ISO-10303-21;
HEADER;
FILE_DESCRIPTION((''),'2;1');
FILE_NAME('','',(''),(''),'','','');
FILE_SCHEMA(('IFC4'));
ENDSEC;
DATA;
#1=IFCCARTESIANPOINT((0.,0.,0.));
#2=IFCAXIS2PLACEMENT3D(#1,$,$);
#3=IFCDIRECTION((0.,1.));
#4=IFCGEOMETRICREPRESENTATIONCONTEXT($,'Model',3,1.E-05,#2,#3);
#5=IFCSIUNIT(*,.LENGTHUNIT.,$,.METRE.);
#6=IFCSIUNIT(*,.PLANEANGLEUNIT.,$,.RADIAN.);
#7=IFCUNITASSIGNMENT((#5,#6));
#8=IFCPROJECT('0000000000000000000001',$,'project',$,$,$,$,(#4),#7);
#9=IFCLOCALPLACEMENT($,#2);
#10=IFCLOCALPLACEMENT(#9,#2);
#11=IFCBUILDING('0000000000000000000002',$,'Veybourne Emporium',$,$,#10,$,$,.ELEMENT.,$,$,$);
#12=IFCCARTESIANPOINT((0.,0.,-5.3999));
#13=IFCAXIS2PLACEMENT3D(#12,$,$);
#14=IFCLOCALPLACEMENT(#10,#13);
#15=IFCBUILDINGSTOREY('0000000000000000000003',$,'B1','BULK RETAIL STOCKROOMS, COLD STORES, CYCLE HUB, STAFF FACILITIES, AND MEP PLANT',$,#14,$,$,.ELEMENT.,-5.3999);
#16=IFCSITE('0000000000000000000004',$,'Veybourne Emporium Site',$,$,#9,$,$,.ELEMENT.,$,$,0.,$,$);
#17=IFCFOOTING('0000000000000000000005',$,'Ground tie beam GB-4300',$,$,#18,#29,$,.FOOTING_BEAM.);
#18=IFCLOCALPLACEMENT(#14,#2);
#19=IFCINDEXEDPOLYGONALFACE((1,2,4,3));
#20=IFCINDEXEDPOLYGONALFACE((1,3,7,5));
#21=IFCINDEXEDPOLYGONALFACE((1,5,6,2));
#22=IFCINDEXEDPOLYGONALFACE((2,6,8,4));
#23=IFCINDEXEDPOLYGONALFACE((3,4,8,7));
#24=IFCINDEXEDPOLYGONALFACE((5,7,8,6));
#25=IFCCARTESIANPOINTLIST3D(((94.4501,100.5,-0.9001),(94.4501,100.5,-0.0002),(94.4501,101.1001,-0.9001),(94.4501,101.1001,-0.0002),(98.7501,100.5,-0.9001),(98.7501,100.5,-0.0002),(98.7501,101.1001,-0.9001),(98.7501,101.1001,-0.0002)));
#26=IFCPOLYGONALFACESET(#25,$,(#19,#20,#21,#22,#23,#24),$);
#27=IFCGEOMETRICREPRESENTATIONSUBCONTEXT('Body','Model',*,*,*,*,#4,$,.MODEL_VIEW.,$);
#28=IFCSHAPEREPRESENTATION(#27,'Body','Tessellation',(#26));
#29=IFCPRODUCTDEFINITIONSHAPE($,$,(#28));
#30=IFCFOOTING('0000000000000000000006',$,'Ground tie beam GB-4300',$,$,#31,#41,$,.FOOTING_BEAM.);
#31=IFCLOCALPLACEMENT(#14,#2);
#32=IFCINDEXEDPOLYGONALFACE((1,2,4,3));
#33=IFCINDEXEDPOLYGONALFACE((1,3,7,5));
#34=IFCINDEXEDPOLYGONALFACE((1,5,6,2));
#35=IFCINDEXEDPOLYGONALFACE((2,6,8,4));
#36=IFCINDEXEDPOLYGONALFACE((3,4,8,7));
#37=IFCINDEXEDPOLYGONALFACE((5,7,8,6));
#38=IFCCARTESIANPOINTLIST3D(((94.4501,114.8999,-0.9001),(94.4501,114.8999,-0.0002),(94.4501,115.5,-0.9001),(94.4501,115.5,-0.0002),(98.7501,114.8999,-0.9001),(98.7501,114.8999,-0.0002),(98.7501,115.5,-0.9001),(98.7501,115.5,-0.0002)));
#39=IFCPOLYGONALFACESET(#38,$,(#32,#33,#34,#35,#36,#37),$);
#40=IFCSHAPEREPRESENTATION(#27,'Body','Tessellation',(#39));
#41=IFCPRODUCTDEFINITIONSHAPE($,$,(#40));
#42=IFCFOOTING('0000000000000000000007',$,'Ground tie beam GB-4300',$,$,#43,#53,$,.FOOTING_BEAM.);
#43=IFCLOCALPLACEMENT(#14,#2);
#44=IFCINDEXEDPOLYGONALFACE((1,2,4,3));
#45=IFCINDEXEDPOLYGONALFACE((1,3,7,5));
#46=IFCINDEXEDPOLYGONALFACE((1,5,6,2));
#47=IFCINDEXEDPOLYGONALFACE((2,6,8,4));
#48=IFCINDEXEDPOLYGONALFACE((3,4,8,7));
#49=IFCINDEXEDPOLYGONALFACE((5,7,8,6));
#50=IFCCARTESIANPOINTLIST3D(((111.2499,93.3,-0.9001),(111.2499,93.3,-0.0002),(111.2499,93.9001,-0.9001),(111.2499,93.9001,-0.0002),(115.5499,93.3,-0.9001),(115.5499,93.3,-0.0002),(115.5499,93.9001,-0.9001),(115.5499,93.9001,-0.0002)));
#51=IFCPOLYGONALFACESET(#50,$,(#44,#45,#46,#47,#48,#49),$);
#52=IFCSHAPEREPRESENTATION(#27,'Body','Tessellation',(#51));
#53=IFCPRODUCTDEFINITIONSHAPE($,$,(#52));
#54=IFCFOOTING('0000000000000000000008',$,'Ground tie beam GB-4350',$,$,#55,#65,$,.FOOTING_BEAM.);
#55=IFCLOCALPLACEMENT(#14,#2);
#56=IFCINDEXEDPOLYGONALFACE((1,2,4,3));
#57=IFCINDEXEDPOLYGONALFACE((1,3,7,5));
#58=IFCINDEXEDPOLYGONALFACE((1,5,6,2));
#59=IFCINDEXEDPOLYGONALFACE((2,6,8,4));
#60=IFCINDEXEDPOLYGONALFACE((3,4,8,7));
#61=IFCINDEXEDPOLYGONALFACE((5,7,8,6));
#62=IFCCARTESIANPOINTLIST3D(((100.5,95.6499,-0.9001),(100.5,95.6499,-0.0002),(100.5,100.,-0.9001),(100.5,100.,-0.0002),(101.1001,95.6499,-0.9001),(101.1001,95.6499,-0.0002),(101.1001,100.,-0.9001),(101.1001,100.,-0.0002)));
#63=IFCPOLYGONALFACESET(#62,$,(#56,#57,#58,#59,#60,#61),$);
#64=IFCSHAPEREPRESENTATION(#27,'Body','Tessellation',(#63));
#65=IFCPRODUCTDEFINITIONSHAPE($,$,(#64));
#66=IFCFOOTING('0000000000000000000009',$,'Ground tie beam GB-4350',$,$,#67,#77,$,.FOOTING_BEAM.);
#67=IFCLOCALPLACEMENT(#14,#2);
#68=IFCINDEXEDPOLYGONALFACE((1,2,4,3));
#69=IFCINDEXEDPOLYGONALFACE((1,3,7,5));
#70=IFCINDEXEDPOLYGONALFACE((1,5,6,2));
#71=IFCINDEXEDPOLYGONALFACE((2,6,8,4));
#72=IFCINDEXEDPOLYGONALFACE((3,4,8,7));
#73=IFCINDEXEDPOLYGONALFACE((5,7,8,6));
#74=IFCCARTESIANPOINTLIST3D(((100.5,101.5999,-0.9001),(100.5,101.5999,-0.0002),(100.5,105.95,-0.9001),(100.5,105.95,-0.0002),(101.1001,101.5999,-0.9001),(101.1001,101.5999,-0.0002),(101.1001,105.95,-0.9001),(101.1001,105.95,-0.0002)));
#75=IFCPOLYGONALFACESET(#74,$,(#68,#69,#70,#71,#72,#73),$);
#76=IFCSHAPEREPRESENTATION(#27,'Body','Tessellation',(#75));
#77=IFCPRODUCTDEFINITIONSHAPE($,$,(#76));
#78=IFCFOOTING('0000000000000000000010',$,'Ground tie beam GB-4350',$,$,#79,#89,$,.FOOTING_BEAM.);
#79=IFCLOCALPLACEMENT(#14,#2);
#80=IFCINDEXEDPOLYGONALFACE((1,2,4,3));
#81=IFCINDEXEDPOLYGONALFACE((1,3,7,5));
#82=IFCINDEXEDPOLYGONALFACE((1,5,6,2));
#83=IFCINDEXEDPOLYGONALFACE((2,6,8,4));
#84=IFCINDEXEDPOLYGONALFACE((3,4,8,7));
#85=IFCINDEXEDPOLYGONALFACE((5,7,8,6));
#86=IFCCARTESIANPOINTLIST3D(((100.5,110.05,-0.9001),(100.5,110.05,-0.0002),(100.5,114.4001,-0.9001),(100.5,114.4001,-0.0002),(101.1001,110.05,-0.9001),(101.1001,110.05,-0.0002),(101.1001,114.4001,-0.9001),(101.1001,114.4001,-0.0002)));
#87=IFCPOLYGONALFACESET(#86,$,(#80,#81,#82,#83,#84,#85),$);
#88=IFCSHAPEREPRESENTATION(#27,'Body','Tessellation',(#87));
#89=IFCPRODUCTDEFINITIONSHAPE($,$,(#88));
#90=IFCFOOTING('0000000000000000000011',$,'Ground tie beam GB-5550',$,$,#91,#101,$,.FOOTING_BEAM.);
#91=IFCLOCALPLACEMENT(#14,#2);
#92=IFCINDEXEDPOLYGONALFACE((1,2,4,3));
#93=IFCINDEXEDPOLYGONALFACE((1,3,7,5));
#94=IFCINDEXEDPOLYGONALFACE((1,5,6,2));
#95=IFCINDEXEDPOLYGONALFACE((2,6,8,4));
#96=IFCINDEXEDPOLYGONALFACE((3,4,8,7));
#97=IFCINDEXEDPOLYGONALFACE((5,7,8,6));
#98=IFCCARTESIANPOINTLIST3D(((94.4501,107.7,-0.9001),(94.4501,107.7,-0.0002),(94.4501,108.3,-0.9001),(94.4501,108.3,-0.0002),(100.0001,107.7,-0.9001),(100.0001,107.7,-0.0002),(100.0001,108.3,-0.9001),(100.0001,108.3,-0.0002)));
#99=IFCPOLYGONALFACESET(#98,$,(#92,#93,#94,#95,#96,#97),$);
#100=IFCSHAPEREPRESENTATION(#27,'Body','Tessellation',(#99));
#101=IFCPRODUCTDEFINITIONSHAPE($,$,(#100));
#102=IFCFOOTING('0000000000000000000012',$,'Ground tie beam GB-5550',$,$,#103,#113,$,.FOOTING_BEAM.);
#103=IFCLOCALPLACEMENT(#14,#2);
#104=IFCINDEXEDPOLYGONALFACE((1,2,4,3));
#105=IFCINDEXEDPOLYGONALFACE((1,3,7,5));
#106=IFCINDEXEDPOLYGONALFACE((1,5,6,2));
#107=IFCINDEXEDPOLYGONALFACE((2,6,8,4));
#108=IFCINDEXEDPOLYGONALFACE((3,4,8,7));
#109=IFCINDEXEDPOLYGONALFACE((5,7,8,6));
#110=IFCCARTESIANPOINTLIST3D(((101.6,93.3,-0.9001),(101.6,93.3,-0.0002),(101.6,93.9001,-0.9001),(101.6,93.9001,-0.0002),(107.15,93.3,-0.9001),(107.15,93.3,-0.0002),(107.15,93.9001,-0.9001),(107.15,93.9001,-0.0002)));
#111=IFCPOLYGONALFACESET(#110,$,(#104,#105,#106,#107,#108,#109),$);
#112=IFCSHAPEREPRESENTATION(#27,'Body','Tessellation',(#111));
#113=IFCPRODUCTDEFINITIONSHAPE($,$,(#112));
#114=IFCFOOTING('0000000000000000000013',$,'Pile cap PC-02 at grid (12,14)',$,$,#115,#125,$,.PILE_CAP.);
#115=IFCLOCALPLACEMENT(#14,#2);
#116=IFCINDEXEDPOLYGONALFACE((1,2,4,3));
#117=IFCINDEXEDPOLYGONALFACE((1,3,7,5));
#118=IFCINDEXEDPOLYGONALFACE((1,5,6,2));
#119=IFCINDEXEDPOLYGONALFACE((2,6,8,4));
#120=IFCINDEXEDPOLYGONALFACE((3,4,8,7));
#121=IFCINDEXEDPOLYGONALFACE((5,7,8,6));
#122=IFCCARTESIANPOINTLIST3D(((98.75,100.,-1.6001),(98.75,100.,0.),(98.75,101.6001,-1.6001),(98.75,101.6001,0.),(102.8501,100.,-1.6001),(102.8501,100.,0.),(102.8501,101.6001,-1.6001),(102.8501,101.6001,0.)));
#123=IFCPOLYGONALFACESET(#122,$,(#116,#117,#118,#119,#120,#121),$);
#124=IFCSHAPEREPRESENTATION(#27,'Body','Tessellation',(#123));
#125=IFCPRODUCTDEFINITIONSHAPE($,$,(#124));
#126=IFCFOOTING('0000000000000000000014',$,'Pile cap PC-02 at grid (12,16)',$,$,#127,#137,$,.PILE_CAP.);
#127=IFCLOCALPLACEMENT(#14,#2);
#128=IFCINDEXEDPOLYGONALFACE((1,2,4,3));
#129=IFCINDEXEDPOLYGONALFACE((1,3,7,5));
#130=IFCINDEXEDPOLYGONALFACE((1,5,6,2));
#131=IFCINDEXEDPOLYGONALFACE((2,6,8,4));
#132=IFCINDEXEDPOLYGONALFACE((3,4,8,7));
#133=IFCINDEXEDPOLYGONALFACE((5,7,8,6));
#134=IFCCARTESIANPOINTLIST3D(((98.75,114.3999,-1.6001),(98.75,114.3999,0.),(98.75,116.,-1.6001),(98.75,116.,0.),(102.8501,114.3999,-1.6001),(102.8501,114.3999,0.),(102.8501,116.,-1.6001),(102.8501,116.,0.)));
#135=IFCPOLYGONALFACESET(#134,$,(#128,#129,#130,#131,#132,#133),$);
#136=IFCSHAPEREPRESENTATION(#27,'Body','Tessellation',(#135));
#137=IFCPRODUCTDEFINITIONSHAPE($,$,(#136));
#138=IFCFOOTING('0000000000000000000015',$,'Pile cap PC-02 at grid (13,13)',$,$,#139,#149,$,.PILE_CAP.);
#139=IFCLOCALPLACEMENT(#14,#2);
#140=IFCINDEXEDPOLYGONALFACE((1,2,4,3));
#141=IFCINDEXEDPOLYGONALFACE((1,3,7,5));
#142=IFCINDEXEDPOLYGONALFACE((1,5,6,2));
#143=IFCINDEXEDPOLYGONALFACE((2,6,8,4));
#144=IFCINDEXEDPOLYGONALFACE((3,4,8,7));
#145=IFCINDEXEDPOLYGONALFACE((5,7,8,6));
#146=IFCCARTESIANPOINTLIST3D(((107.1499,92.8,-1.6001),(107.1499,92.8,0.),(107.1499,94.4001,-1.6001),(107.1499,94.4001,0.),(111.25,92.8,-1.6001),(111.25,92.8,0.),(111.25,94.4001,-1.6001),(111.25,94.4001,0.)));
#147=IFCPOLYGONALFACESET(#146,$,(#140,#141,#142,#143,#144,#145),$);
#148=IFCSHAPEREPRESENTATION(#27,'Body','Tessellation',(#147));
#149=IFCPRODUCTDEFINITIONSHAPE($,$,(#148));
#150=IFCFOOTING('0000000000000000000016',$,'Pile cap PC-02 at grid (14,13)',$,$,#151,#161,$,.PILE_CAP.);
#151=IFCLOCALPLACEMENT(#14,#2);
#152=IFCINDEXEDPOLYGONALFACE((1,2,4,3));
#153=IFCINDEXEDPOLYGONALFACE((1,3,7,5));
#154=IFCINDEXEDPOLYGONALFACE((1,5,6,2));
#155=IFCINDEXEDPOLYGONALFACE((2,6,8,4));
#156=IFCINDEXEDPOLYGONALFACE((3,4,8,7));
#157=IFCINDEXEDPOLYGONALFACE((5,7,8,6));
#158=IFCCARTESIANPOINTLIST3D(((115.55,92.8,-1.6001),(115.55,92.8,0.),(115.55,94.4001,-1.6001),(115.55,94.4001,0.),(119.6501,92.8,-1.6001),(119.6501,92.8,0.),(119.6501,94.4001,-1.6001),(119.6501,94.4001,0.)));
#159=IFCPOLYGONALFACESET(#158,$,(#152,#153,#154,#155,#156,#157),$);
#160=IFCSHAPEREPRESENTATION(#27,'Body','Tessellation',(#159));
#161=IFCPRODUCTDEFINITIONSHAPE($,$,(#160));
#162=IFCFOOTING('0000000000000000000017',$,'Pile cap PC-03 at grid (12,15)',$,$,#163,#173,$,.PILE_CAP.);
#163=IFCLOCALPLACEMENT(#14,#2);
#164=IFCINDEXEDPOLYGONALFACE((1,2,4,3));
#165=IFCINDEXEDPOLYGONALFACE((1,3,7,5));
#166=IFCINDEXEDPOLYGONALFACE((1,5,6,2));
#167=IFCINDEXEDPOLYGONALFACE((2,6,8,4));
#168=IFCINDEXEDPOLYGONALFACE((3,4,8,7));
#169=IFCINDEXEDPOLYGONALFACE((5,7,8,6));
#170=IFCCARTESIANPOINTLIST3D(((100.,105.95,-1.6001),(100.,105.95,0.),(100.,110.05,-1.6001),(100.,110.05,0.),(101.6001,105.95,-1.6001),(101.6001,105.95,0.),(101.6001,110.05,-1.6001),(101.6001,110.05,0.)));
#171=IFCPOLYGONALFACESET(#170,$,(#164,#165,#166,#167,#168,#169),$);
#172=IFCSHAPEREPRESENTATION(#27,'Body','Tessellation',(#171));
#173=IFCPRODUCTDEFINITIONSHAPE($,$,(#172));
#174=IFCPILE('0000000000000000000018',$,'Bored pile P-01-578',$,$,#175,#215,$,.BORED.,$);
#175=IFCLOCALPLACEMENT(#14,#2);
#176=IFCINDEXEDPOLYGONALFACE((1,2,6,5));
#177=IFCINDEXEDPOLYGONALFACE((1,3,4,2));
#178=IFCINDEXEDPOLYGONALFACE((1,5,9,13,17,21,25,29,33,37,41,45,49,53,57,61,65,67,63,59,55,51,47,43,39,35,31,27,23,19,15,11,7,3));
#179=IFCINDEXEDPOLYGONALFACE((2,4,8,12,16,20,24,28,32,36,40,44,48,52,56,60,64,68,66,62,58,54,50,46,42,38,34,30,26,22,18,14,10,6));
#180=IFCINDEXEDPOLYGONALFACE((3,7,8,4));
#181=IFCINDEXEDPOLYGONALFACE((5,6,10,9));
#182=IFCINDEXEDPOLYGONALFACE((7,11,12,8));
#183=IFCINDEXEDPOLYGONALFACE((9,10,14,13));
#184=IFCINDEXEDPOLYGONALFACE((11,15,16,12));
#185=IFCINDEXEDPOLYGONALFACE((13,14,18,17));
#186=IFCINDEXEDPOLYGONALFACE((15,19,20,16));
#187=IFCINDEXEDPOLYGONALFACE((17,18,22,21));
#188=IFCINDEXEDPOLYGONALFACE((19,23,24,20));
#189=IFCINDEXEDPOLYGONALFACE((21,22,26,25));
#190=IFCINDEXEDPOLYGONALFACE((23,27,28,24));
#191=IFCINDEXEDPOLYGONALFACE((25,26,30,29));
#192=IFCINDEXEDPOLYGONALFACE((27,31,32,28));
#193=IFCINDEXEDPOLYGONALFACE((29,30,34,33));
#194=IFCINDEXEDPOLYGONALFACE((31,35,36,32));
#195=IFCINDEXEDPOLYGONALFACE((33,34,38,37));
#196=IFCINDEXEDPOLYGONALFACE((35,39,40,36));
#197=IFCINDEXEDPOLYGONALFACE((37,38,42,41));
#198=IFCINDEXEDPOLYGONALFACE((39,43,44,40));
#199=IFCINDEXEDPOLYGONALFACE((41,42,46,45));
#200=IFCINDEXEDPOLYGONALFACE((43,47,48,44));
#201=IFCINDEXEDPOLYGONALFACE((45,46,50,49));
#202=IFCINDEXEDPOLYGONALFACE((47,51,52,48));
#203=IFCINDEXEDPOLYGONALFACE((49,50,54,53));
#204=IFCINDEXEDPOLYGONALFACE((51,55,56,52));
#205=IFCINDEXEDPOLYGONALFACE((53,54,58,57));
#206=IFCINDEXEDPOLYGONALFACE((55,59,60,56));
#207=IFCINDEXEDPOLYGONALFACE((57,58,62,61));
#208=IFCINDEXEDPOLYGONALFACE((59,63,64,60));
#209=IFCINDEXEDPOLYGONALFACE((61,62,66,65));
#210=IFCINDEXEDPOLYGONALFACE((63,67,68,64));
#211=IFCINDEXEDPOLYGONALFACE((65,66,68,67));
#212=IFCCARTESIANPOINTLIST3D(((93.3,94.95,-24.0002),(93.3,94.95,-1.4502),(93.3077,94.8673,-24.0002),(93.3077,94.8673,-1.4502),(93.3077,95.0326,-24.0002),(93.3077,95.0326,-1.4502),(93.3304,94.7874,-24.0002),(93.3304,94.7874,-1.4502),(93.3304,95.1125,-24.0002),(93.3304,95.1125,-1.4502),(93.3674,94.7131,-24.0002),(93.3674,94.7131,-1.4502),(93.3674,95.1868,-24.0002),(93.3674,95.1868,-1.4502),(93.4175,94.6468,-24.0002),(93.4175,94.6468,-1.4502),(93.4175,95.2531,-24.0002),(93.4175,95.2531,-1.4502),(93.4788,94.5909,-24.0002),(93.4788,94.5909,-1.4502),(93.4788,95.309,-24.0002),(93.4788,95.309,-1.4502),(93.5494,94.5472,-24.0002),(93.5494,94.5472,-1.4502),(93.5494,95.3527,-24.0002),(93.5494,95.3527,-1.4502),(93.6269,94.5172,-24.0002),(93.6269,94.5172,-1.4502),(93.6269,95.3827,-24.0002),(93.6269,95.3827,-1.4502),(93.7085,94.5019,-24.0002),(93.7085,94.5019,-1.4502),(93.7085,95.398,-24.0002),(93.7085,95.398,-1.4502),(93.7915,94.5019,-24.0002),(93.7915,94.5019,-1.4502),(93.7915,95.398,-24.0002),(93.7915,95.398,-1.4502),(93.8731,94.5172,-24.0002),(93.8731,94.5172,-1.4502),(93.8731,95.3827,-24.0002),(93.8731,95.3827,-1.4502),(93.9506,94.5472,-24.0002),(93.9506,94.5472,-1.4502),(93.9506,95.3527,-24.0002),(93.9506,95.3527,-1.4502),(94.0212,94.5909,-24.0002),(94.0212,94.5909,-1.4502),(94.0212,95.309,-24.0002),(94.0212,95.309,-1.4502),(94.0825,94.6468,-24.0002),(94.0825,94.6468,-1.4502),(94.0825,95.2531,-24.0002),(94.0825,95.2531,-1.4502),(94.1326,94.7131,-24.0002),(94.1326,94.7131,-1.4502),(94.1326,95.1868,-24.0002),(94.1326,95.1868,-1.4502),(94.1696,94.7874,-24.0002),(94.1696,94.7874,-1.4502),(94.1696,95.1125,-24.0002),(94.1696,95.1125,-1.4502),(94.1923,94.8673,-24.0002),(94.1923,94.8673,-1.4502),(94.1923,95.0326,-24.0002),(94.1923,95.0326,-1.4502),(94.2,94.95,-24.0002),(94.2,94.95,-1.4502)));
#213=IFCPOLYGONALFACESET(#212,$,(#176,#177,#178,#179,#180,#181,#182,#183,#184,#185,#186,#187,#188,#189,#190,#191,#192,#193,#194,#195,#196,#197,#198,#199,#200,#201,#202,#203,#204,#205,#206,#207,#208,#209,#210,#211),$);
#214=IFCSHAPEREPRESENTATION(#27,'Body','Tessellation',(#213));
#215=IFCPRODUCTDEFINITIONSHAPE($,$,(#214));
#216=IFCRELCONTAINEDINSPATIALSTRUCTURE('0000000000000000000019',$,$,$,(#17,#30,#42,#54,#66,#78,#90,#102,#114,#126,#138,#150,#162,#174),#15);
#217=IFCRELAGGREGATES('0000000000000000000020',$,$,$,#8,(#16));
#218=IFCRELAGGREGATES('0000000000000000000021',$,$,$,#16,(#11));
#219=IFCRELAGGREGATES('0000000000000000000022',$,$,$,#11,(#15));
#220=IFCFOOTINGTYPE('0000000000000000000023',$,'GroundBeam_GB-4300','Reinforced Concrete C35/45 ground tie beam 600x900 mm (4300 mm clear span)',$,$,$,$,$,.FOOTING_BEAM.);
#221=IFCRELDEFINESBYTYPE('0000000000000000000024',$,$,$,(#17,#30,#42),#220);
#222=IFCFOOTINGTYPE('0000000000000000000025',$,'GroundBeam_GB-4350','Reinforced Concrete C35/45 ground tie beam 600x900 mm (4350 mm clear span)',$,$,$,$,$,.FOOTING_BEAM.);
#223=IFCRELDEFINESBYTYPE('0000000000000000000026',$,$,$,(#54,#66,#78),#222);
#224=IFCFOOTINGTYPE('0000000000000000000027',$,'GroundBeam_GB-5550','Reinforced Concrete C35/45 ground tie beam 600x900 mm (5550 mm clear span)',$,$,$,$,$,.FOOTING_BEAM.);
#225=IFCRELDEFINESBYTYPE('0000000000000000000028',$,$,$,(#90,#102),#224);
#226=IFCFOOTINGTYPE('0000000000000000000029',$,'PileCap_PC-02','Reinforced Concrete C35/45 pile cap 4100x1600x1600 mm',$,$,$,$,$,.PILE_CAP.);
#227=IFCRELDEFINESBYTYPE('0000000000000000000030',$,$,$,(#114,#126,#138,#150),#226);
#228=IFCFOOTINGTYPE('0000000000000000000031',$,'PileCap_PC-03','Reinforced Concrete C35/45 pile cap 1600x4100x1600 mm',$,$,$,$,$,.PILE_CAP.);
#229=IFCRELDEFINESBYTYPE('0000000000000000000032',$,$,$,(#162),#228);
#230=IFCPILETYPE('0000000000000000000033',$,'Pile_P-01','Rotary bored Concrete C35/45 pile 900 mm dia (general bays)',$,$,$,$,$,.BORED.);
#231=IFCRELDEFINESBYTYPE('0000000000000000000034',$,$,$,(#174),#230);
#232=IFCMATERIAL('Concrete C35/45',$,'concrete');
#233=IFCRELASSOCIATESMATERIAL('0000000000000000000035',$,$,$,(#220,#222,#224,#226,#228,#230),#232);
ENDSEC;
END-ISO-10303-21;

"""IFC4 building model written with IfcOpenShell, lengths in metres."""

from ifc_helpers import new_model, si_unit, direction, frame, origin, origin_2d, place, context, subcontext, project, spatial, rectangle, circle, extrude, material, material_profile, profile_set, type_object, element, save


model = new_model("IFC4")

# Units and contexts
model_context = context("Model", 3, precision=1e-05, world=origin(), true_north=direction((0.0, 1.0)))
body_context = subcontext(model_context, "Body", "Model", "MODEL_VIEW")
ifc_project = project(units=[si_unit("LENGTHUNIT", "METRE"), si_unit("PLANEANGLEUNIT", "RADIAN")], contexts=[model_context])

# Site, building, storey
site_placement = place(None, origin())
site = spatial("IfcSite", under=ifc_project, at=site_placement, Name="Veybourne Emporium Site", CompositionType="ELEMENT", RefElevation=0.0)
building_placement = place(site_placement, origin())
building = spatial("IfcBuilding", under=site, at=building_placement, Name="Veybourne Emporium", CompositionType="ELEMENT")
storey_placement = place(building_placement, frame((0.0, 0.0, -5.3999)))
storey = spatial("IfcBuildingStorey", under=building, at=storey_placement, Name="B1", Description="BULK RETAIL STOCKROOMS, COLD STORES, CYCLE HUB, STAFF FACILITIES, AND MEP PLANT", CompositionType="ELEMENT", Elevation=-5.3999)

# Footings
ifc_material_1 = material(Name="Concrete C35/45", Category="concrete")
footing_type_1 = type_object("IfcFootingType", Name="GroundBeam_GB-4300", Description="Reinforced Concrete C35/45 ground tie beam 600x900 mm (4300 mm clear span)", PredefinedType="FOOTING_BEAM", material=ifc_material_1)
for number, where, z_axis, x_axis, name in (
    (1, (96.6001, 100.8, -0.9001), (0.0, 0.0, 1.0), (1.0, 0.0, 0.0), "Ground tie beam GB-4300"),
    (2, (96.6001, 115.2, -0.9001), (0.0, 0.0, 1.0), (1.0, 0.0, 0.0), "Ground tie beam GB-4300"),
    (3, (113.3999, 93.6001, -0.9001), (0.0, 0.0, 1.0), (1.0, 0.0, 0.0), "Ground tie beam GB-4300"),
):
    element("IfcFooting", number, at=place(storey_placement, frame(where, z_axis=z_axis, x_axis=x_axis)), inside=storey, type_object=footing_type_1, Name=name, PredefinedType="FOOTING_BEAM", context=body_context, shape_type="SweptSolid", body=[
        extrude(rectangle(XDim=4.3, YDim=0.6001, at=origin_2d()), origin(), (0.0, 0.0, 1.0), 0.8999),
    ])
footing_type_2 = type_object("IfcFootingType", Name="GroundBeam_GB-4350", Description="Reinforced Concrete C35/45 ground tie beam 600x900 mm (4350 mm clear span)", PredefinedType="FOOTING_BEAM", material=ifc_material_1)
for number, where, z_axis, x_axis, name in (
    (4, (100.8, 97.825, -0.9001), (0.0, 0.0, 1.0), (0.0, 1.0, 0.0), "Ground tie beam GB-4350"),
    (5, (100.8, 103.7749, -0.9001), (0.0, 0.0, 1.0), (0.0, 1.0, 0.0), "Ground tie beam GB-4350"),
    (6, (100.8, 112.2251, -0.9001), (0.0, 0.0, 1.0), (0.0, 1.0, 0.0), "Ground tie beam GB-4350"),
):
    element("IfcFooting", number, at=place(storey_placement, frame(where, z_axis=z_axis, x_axis=x_axis)), inside=storey, type_object=footing_type_2, Name=name, PredefinedType="FOOTING_BEAM", context=body_context, shape_type="SweptSolid", body=[
        extrude(rectangle(XDim=4.3501, YDim=0.6001, at=origin_2d()), origin(), (0.0, 0.0, 1.0), 0.8999),
    ])
footing_type_3 = type_object("IfcFootingType", Name="GroundBeam_GB-5550", Description="Reinforced Concrete C35/45 ground tie beam 600x900 mm (5550 mm clear span)", PredefinedType="FOOTING_BEAM", material=ifc_material_1)
for number, where, z_axis, x_axis, name in (
    (7, (97.2251, 108.0, -0.9001), (0.0, 0.0, 1.0), (1.0, 0.0, 0.0), "Ground tie beam GB-5550"),
    (8, (104.375, 93.6001, -0.9001), (0.0, 0.0, 1.0), (1.0, 0.0, 0.0), "Ground tie beam GB-5550"),
):
    element("IfcFooting", number, at=place(storey_placement, frame(where, z_axis=z_axis, x_axis=x_axis)), inside=storey, type_object=footing_type_3, Name=name, PredefinedType="FOOTING_BEAM", context=body_context, shape_type="SweptSolid", body=[
        extrude(rectangle(XDim=5.55, YDim=0.6001, at=origin_2d()), origin(), (0.0, 0.0, 1.0), 0.8999),
    ])
footing_type_4 = type_object("IfcFootingType", Name="PileCap_PC-02", Description="Reinforced Concrete C35/45 pile cap 4100x1600x1600 mm", PredefinedType="PILE_CAP", material=ifc_material_1)
for number, where, z_axis, x_axis, name in (
    (9, (100.8, 100.8, -1.6001), (0.0, 0.0, 1.0), (1.0, 0.0, 0.0), "Pile cap PC-02 at grid (12,14)"),
    (10, (100.8, 115.2, -1.6001), (0.0, 0.0, 1.0), (1.0, 0.0, 0.0), "Pile cap PC-02 at grid (12,16)"),
    (11, (109.2, 93.6001, -1.6001), (0.0, 0.0, 1.0), (1.0, 0.0, 0.0), "Pile cap PC-02 at grid (13,13)"),
    (12, (117.6001, 93.6001, -1.6001), (0.0, 0.0, 1.0), (1.0, 0.0, 0.0), "Pile cap PC-02 at grid (14,13)"),
):
    element("IfcFooting", number, at=place(storey_placement, frame(where, z_axis=z_axis, x_axis=x_axis)), inside=storey, type_object=footing_type_4, Name=name, PredefinedType="PILE_CAP", context=body_context, shape_type="SweptSolid", body=[
        extrude(rectangle(XDim=4.1001, YDim=1.6001, at=origin_2d()), origin(), (0.0, 0.0, 1.0), 1.6001),
    ])
footing_type_5 = type_object("IfcFootingType", Name="PileCap_PC-03", Description="Reinforced Concrete C35/45 pile cap 1600x4100x1600 mm", PredefinedType="PILE_CAP", material=ifc_material_1)
footing_placement = place(storey_placement, frame((100.8, 108.0, -1.6001), z_axis=(0.0, 0.0, 1.0), x_axis=(1.0, 0.0, 0.0)))
element("IfcFooting", 13, at=footing_placement, inside=storey, type_object=footing_type_5, Name="Pile cap PC-03 at grid (12,15)", PredefinedType="PILE_CAP", context=body_context, shape_type="SweptSolid", body=[
    extrude(rectangle(XDim=1.6001, YDim=4.1001, at=origin_2d()), origin(), (0.0, 0.0, 1.0), 1.6001),
])

# Pile
ifc_material_profile_1 = material_profile(ifc_material_1, circle(Radius=0.45, at=origin_2d()), Name="BORED PILE 900")
ifc_profile_set_1 = profile_set([ifc_material_profile_1], Name="Concrete C35/45")
pile_type_1 = type_object("IfcPileType", Name="Pile_P-01", Description="Rotary bored Concrete C35/45 pile 900 mm dia (general bays)", PredefinedType="BORED", material=ifc_profile_set_1)
for number, where, z_axis, x_axis, name in (
    (14, (93.75, 94.95, -1.4502), (0.0, 0.0, -1.0), (1.0, 0.0, 0.0), "Bored pile P-01-578"),
):
    element("IfcPile", number, at=place(storey_placement, frame(where, z_axis=z_axis, x_axis=x_axis)), inside=storey, type_object=pile_type_1, Name=name, PredefinedType="BORED", context=body_context, shape_type="SweptSolid", body=[
        extrude(circle(Radius=0.45, at=origin_2d()), origin(), (0.0, 0.0, 1.0), 22.55),
    ])

save(model, "model.ifc")
